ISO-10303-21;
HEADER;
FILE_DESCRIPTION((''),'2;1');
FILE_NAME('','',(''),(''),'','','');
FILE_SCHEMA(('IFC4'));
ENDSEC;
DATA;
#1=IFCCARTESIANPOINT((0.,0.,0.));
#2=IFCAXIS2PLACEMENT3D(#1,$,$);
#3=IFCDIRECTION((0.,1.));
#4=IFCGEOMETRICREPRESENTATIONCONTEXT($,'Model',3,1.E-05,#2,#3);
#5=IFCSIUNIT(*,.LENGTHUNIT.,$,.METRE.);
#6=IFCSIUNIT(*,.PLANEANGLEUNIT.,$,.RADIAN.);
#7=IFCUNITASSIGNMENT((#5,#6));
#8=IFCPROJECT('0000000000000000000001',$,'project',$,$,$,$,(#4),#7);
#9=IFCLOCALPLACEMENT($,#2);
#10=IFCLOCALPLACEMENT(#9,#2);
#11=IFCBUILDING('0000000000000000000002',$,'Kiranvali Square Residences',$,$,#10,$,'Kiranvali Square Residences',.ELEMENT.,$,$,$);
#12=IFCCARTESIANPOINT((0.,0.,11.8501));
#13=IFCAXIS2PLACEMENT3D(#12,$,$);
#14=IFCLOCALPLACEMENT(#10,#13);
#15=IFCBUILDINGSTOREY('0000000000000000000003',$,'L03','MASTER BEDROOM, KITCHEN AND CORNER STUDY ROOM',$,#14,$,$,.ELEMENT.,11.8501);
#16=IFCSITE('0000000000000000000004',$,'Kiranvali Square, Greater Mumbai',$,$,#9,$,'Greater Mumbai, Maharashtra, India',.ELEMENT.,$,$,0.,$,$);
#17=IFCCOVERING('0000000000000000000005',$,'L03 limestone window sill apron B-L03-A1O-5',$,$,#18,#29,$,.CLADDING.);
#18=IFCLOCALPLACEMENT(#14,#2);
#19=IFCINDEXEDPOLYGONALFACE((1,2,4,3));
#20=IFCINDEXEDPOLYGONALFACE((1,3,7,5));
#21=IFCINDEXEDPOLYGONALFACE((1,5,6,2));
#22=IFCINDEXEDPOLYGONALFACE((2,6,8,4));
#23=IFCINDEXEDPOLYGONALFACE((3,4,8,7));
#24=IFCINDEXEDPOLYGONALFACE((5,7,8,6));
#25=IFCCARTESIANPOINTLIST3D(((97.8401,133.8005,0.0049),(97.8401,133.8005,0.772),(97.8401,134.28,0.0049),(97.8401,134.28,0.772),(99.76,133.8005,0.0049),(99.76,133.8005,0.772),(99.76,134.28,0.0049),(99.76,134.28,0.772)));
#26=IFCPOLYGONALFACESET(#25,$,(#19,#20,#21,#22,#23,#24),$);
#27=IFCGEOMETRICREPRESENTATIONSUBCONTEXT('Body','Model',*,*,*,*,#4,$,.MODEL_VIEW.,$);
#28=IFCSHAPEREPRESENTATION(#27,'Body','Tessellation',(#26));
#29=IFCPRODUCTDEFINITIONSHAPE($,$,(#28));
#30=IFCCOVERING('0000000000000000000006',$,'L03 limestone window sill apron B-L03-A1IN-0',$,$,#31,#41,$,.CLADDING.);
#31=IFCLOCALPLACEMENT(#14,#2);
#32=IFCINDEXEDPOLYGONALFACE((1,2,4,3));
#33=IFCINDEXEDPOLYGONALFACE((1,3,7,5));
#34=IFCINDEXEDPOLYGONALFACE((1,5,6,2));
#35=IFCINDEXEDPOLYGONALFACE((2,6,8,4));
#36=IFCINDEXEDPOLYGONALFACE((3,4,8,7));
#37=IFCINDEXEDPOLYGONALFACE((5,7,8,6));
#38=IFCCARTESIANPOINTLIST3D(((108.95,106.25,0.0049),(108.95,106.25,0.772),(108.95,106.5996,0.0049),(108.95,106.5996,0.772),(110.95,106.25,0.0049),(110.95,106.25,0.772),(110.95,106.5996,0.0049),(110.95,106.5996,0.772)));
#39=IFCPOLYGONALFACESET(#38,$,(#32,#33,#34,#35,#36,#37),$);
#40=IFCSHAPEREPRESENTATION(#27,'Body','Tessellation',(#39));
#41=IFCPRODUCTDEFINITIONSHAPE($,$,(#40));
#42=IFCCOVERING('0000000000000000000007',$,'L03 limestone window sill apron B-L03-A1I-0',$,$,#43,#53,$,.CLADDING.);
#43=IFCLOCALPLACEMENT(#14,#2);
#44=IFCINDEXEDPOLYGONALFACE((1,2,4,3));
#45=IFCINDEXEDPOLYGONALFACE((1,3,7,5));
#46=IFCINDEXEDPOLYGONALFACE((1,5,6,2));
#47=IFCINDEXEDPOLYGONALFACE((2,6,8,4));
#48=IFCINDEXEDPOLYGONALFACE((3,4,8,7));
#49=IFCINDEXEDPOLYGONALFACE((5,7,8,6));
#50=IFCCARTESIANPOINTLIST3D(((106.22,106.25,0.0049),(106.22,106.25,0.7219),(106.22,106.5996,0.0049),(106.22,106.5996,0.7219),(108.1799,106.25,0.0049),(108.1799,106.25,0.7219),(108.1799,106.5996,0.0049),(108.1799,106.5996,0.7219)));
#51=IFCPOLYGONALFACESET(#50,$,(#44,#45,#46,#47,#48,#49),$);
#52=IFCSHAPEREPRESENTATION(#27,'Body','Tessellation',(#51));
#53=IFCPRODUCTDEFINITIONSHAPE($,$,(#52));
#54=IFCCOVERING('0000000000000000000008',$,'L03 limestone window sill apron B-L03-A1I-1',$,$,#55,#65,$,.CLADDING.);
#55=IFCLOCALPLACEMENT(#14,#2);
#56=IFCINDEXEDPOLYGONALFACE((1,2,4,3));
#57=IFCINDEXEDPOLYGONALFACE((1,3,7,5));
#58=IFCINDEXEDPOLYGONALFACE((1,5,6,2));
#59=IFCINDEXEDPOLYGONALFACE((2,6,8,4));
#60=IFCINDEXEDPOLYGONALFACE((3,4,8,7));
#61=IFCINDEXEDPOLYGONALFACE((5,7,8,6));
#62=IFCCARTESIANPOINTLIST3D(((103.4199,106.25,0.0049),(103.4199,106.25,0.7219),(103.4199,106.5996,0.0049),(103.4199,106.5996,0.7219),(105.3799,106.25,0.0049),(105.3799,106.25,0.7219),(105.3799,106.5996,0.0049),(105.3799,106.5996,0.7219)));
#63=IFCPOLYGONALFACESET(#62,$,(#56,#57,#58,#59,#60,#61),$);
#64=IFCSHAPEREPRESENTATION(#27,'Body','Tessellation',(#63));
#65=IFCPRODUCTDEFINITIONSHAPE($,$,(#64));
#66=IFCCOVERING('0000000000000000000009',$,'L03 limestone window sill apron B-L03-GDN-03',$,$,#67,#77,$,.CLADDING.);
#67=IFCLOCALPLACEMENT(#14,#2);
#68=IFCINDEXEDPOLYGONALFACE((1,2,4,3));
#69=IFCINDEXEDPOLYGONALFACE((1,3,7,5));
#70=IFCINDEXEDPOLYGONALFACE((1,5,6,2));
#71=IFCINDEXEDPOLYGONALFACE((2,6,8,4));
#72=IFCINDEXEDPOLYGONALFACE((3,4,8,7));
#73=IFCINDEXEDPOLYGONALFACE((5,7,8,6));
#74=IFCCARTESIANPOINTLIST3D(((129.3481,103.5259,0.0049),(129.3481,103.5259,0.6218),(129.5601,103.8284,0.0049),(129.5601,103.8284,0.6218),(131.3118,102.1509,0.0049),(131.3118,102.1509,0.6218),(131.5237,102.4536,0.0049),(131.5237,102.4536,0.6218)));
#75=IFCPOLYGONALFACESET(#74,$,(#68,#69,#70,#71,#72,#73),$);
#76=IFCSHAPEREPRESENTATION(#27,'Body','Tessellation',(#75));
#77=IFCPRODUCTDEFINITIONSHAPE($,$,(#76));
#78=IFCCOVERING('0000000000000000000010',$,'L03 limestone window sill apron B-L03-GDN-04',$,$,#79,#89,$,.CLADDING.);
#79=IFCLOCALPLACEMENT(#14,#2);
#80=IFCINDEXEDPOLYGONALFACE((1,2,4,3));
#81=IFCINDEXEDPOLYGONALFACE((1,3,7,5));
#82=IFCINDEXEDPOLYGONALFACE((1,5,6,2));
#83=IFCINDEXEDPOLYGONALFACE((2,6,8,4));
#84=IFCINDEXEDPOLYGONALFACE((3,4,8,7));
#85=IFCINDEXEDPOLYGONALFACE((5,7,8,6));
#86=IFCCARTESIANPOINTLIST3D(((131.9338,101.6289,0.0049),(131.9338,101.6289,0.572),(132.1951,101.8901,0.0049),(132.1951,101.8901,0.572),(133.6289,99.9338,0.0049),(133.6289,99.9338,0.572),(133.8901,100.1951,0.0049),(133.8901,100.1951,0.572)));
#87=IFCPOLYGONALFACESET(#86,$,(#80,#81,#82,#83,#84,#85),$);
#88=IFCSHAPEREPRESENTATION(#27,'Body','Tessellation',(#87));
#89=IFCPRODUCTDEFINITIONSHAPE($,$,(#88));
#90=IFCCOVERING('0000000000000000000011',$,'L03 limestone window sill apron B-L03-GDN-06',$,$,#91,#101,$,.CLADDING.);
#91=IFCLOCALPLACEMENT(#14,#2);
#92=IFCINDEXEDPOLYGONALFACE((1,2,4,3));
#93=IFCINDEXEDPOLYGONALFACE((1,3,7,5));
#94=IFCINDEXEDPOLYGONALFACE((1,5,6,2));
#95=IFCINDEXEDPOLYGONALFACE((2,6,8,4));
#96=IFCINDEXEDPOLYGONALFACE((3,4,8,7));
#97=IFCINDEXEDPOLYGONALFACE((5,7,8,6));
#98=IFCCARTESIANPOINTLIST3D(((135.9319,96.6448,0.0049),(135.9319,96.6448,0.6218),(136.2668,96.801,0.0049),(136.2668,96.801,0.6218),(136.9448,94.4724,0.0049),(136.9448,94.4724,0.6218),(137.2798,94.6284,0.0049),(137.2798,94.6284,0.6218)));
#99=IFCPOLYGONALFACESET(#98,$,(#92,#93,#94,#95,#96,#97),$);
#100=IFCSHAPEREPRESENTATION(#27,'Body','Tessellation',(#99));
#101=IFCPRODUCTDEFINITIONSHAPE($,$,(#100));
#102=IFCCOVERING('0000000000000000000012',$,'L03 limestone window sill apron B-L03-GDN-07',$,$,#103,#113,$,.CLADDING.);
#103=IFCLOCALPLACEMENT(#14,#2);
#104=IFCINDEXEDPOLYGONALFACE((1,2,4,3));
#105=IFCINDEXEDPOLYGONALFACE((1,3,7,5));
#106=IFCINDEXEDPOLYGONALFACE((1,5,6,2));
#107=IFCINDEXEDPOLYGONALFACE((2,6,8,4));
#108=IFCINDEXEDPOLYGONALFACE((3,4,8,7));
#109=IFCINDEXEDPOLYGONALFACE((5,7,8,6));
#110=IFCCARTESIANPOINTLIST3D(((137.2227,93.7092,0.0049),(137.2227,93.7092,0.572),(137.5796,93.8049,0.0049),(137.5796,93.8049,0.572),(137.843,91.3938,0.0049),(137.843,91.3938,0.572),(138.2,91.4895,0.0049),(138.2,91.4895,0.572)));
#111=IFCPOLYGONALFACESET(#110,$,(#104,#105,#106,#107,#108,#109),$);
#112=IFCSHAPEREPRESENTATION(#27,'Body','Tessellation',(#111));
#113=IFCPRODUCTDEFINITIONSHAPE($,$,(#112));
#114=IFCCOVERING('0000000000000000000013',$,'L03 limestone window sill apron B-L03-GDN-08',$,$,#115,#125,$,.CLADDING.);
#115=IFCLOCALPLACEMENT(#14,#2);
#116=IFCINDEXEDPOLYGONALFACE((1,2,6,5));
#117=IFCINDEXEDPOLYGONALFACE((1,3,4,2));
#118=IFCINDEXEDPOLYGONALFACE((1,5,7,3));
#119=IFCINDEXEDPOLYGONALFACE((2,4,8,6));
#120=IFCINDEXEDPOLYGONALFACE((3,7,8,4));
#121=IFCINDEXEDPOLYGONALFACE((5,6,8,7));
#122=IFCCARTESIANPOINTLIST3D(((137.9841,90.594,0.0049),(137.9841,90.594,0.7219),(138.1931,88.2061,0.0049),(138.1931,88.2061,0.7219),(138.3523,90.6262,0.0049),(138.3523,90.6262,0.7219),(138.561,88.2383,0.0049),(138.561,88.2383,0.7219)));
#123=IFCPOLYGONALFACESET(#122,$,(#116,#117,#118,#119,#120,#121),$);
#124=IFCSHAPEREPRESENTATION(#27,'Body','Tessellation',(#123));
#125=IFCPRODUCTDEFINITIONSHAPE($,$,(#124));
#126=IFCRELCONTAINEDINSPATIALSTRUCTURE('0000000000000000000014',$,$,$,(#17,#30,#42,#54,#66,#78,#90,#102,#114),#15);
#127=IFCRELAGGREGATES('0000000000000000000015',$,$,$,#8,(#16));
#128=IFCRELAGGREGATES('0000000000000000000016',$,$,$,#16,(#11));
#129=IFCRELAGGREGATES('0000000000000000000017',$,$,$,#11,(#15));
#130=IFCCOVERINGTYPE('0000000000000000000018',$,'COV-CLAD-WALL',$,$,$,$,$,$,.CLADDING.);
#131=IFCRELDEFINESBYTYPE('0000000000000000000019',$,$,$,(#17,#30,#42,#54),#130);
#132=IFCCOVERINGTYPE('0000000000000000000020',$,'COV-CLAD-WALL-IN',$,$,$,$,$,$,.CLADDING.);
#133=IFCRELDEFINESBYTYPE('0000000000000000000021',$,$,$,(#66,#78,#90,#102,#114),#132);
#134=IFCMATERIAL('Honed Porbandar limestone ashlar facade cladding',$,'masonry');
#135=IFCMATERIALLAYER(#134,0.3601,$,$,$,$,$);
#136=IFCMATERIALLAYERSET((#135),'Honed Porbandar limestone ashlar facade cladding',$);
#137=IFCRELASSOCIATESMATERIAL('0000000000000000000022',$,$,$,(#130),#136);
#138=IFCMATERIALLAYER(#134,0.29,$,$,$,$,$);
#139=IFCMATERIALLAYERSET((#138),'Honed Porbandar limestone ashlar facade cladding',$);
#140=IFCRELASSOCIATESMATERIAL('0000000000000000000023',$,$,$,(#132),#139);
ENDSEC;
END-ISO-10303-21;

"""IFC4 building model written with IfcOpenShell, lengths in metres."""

from ifc_helpers import new_model, si_unit, direction, frame, origin, place, context, subcontext, project, spatial, polyline, outline, extrude, material, layer, layer_set, type_object, element, save


model = new_model("IFC4")

# Units and contexts
model_context = context("Model", 3, precision=1e-05, world=origin(), true_north=direction((0.0, 1.0)))
body_context = subcontext(model_context, "Body", "Model", "MODEL_VIEW")
ifc_project = project(units=[si_unit("LENGTHUNIT", "METRE"), si_unit("PLANEANGLEUNIT", "RADIAN")], contexts=[model_context])

# Site, building, storey
site_placement = place(None, origin())
site = spatial("IfcSite", under=ifc_project, at=site_placement, Name="Kiranvali Square, Greater Mumbai", LongName="Greater Mumbai, Maharashtra, India", CompositionType="ELEMENT", RefElevation=0.0)
building_placement = place(site_placement, origin())
building = spatial("IfcBuilding", under=site, at=building_placement, Name="Kiranvali Square Residences", LongName="Kiranvali Square Residences", CompositionType="ELEMENT")
storey_placement = place(building_placement, frame((0.0, 0.0, 11.8501)))
storey = spatial("IfcBuildingStorey", under=building, at=storey_placement, Name="L03", Description="MASTER BEDROOM, KITCHEN AND CORNER STUDY ROOM", CompositionType="ELEMENT", Elevation=11.8501)

# Coverings
ifc_material = material(Name="Honed Porbandar limestone ashlar facade cladding", Category="masonry")
ifc_layer_1 = layer(ifc_material, 0.3601)
ifc_layer_set_1 = layer_set([ifc_layer_1], Name="Honed Porbandar limestone ashlar facade cladding")
covering_type_1 = type_object("IfcCoveringType", Name="COV-CLAD-WALL", PredefinedType="CLADDING", material=ifc_layer_set_1)
covering_1_placement = place(storey_placement, frame((0.0, 0.0, 0.0049)))
element("IfcCovering", 1, at=covering_1_placement, inside=storey, type_object=covering_type_1, Name="L03 limestone window sill apron B-L03-A1O-5", PredefinedType="CLADDING", context=body_context, shape_type="SweptSolid", body=[
    extrude(outline(polyline([(99.76, 134.28), (97.8401, 134.28), (97.8401, 133.8005), (99.76, 133.8005), (99.76, 134.28)])), origin(), (0.0, 0.0, 1.0), 0.7671),
])
covering_2_placement = place(storey_placement, frame((0.0, 0.0, 0.0049)))
element("IfcCovering", 2, at=covering_2_placement, inside=storey, type_object=covering_type_1, Name="L03 limestone window sill apron B-L03-A1IN-0", PredefinedType="CLADDING", context=body_context, shape_type="SweptSolid", body=[
    extrude(outline(polyline([(110.95, 106.5996), (108.95, 106.5996), (108.95, 106.25), (110.95, 106.25), (110.95, 106.5996)])), origin(), (0.0, 0.0, 1.0), 0.7671),
])
covering_3_placement = place(storey_placement, frame((0.0, 0.0, 0.0049)))
element("IfcCovering", 3, at=covering_3_placement, inside=storey, type_object=covering_type_1, Name="L03 limestone window sill apron B-L03-A1I-0", PredefinedType="CLADDING", context=body_context, shape_type="SweptSolid", body=[
    extrude(outline(polyline([(108.1799, 106.5996), (106.22, 106.5996), (106.22, 106.25), (108.1799, 106.25), (108.1799, 106.5996)])), origin(), (0.0, 0.0, 1.0), 0.717),
])
covering_4_placement = place(storey_placement, frame((0.0, 0.0, 0.0049)))
element("IfcCovering", 4, at=covering_4_placement, inside=storey, type_object=covering_type_1, Name="L03 limestone window sill apron B-L03-A1I-1", PredefinedType="CLADDING", context=body_context, shape_type="SweptSolid", body=[
    extrude(outline(polyline([(105.3799, 106.5996), (103.4199, 106.5996), (103.4199, 106.25), (105.3799, 106.25), (105.3799, 106.5996)])), origin(), (0.0, 0.0, 1.0), 0.717),
])
ifc_layer_2 = layer(ifc_material, 0.29)
ifc_layer_set_2 = layer_set([ifc_layer_2], Name="Honed Porbandar limestone ashlar facade cladding")
covering_type_2 = type_object("IfcCoveringType", Name="COV-CLAD-WALL-IN", PredefinedType="CLADDING", material=ifc_layer_set_2)
covering_5_placement = place(storey_placement, frame((0.0, 0.0, 0.0049)))
element("IfcCovering", 5, at=covering_5_placement, inside=storey, type_object=covering_type_2, Name="L03 limestone window sill apron B-L03-GDN-03", PredefinedType="CLADDING", context=body_context, shape_type="SweptSolid", body=[
    extrude(outline(polyline([(129.3481, 103.5259), (131.3118, 102.1509), (131.5237, 102.4536), (129.5601, 103.8284), (129.3481, 103.5259)])), origin(), (0.0, 0.0, 1.0), 0.6169),
])
covering_6_placement = place(storey_placement, frame((0.0, 0.0, 0.0049)))
element("IfcCovering", 6, at=covering_6_placement, inside=storey, type_object=covering_type_2, Name="L03 limestone window sill apron B-L03-GDN-04", PredefinedType="CLADDING", context=body_context, shape_type="SweptSolid", body=[
    extrude(outline(polyline([(131.9338, 101.6289), (133.6289, 99.9338), (133.8901, 100.1951), (132.1951, 101.8901), (131.9338, 101.6289)])), origin(), (0.0, 0.0, 1.0), 0.5671),
])
covering_7_placement = place(storey_placement, frame((0.0, 0.0, 0.0049)))
element("IfcCovering", 7, at=covering_7_placement, inside=storey, type_object=covering_type_2, Name="L03 limestone window sill apron B-L03-GDN-06", PredefinedType="CLADDING", context=body_context, shape_type="SweptSolid", body=[
    extrude(outline(polyline([(135.9319, 96.6448), (136.9448, 94.4724), (137.2798, 94.6284), (136.2668, 96.801), (135.9319, 96.6448)])), origin(), (0.0, 0.0, 1.0), 0.6169),
])
covering_8_placement = place(storey_placement, frame((0.0, 0.0, 0.0049)))
element("IfcCovering", 8, at=covering_8_placement, inside=storey, type_object=covering_type_2, Name="L03 limestone window sill apron B-L03-GDN-07", PredefinedType="CLADDING", context=body_context, shape_type="SweptSolid", body=[
    extrude(outline(polyline([(137.2227, 93.7092), (137.843, 91.3938), (138.2, 91.4895), (137.5796, 93.8049), (137.2227, 93.7092)])), origin(), (0.0, 0.0, 1.0), 0.5671),
])
covering_9_placement = place(storey_placement, frame((0.0, 0.0, 0.0049)))
element("IfcCovering", 9, at=covering_9_placement, inside=storey, type_object=covering_type_2, Name="L03 limestone window sill apron B-L03-GDN-08", PredefinedType="CLADDING", context=body_context, shape_type="SweptSolid", body=[
    extrude(outline(polyline([(137.9841, 90.594), (138.1931, 88.2061), (138.561, 88.2383), (138.3523, 90.6262), (137.9841, 90.594)])), origin(), (0.0, 0.0, 1.0), 0.717),
])

save(model, "model.ifc")
